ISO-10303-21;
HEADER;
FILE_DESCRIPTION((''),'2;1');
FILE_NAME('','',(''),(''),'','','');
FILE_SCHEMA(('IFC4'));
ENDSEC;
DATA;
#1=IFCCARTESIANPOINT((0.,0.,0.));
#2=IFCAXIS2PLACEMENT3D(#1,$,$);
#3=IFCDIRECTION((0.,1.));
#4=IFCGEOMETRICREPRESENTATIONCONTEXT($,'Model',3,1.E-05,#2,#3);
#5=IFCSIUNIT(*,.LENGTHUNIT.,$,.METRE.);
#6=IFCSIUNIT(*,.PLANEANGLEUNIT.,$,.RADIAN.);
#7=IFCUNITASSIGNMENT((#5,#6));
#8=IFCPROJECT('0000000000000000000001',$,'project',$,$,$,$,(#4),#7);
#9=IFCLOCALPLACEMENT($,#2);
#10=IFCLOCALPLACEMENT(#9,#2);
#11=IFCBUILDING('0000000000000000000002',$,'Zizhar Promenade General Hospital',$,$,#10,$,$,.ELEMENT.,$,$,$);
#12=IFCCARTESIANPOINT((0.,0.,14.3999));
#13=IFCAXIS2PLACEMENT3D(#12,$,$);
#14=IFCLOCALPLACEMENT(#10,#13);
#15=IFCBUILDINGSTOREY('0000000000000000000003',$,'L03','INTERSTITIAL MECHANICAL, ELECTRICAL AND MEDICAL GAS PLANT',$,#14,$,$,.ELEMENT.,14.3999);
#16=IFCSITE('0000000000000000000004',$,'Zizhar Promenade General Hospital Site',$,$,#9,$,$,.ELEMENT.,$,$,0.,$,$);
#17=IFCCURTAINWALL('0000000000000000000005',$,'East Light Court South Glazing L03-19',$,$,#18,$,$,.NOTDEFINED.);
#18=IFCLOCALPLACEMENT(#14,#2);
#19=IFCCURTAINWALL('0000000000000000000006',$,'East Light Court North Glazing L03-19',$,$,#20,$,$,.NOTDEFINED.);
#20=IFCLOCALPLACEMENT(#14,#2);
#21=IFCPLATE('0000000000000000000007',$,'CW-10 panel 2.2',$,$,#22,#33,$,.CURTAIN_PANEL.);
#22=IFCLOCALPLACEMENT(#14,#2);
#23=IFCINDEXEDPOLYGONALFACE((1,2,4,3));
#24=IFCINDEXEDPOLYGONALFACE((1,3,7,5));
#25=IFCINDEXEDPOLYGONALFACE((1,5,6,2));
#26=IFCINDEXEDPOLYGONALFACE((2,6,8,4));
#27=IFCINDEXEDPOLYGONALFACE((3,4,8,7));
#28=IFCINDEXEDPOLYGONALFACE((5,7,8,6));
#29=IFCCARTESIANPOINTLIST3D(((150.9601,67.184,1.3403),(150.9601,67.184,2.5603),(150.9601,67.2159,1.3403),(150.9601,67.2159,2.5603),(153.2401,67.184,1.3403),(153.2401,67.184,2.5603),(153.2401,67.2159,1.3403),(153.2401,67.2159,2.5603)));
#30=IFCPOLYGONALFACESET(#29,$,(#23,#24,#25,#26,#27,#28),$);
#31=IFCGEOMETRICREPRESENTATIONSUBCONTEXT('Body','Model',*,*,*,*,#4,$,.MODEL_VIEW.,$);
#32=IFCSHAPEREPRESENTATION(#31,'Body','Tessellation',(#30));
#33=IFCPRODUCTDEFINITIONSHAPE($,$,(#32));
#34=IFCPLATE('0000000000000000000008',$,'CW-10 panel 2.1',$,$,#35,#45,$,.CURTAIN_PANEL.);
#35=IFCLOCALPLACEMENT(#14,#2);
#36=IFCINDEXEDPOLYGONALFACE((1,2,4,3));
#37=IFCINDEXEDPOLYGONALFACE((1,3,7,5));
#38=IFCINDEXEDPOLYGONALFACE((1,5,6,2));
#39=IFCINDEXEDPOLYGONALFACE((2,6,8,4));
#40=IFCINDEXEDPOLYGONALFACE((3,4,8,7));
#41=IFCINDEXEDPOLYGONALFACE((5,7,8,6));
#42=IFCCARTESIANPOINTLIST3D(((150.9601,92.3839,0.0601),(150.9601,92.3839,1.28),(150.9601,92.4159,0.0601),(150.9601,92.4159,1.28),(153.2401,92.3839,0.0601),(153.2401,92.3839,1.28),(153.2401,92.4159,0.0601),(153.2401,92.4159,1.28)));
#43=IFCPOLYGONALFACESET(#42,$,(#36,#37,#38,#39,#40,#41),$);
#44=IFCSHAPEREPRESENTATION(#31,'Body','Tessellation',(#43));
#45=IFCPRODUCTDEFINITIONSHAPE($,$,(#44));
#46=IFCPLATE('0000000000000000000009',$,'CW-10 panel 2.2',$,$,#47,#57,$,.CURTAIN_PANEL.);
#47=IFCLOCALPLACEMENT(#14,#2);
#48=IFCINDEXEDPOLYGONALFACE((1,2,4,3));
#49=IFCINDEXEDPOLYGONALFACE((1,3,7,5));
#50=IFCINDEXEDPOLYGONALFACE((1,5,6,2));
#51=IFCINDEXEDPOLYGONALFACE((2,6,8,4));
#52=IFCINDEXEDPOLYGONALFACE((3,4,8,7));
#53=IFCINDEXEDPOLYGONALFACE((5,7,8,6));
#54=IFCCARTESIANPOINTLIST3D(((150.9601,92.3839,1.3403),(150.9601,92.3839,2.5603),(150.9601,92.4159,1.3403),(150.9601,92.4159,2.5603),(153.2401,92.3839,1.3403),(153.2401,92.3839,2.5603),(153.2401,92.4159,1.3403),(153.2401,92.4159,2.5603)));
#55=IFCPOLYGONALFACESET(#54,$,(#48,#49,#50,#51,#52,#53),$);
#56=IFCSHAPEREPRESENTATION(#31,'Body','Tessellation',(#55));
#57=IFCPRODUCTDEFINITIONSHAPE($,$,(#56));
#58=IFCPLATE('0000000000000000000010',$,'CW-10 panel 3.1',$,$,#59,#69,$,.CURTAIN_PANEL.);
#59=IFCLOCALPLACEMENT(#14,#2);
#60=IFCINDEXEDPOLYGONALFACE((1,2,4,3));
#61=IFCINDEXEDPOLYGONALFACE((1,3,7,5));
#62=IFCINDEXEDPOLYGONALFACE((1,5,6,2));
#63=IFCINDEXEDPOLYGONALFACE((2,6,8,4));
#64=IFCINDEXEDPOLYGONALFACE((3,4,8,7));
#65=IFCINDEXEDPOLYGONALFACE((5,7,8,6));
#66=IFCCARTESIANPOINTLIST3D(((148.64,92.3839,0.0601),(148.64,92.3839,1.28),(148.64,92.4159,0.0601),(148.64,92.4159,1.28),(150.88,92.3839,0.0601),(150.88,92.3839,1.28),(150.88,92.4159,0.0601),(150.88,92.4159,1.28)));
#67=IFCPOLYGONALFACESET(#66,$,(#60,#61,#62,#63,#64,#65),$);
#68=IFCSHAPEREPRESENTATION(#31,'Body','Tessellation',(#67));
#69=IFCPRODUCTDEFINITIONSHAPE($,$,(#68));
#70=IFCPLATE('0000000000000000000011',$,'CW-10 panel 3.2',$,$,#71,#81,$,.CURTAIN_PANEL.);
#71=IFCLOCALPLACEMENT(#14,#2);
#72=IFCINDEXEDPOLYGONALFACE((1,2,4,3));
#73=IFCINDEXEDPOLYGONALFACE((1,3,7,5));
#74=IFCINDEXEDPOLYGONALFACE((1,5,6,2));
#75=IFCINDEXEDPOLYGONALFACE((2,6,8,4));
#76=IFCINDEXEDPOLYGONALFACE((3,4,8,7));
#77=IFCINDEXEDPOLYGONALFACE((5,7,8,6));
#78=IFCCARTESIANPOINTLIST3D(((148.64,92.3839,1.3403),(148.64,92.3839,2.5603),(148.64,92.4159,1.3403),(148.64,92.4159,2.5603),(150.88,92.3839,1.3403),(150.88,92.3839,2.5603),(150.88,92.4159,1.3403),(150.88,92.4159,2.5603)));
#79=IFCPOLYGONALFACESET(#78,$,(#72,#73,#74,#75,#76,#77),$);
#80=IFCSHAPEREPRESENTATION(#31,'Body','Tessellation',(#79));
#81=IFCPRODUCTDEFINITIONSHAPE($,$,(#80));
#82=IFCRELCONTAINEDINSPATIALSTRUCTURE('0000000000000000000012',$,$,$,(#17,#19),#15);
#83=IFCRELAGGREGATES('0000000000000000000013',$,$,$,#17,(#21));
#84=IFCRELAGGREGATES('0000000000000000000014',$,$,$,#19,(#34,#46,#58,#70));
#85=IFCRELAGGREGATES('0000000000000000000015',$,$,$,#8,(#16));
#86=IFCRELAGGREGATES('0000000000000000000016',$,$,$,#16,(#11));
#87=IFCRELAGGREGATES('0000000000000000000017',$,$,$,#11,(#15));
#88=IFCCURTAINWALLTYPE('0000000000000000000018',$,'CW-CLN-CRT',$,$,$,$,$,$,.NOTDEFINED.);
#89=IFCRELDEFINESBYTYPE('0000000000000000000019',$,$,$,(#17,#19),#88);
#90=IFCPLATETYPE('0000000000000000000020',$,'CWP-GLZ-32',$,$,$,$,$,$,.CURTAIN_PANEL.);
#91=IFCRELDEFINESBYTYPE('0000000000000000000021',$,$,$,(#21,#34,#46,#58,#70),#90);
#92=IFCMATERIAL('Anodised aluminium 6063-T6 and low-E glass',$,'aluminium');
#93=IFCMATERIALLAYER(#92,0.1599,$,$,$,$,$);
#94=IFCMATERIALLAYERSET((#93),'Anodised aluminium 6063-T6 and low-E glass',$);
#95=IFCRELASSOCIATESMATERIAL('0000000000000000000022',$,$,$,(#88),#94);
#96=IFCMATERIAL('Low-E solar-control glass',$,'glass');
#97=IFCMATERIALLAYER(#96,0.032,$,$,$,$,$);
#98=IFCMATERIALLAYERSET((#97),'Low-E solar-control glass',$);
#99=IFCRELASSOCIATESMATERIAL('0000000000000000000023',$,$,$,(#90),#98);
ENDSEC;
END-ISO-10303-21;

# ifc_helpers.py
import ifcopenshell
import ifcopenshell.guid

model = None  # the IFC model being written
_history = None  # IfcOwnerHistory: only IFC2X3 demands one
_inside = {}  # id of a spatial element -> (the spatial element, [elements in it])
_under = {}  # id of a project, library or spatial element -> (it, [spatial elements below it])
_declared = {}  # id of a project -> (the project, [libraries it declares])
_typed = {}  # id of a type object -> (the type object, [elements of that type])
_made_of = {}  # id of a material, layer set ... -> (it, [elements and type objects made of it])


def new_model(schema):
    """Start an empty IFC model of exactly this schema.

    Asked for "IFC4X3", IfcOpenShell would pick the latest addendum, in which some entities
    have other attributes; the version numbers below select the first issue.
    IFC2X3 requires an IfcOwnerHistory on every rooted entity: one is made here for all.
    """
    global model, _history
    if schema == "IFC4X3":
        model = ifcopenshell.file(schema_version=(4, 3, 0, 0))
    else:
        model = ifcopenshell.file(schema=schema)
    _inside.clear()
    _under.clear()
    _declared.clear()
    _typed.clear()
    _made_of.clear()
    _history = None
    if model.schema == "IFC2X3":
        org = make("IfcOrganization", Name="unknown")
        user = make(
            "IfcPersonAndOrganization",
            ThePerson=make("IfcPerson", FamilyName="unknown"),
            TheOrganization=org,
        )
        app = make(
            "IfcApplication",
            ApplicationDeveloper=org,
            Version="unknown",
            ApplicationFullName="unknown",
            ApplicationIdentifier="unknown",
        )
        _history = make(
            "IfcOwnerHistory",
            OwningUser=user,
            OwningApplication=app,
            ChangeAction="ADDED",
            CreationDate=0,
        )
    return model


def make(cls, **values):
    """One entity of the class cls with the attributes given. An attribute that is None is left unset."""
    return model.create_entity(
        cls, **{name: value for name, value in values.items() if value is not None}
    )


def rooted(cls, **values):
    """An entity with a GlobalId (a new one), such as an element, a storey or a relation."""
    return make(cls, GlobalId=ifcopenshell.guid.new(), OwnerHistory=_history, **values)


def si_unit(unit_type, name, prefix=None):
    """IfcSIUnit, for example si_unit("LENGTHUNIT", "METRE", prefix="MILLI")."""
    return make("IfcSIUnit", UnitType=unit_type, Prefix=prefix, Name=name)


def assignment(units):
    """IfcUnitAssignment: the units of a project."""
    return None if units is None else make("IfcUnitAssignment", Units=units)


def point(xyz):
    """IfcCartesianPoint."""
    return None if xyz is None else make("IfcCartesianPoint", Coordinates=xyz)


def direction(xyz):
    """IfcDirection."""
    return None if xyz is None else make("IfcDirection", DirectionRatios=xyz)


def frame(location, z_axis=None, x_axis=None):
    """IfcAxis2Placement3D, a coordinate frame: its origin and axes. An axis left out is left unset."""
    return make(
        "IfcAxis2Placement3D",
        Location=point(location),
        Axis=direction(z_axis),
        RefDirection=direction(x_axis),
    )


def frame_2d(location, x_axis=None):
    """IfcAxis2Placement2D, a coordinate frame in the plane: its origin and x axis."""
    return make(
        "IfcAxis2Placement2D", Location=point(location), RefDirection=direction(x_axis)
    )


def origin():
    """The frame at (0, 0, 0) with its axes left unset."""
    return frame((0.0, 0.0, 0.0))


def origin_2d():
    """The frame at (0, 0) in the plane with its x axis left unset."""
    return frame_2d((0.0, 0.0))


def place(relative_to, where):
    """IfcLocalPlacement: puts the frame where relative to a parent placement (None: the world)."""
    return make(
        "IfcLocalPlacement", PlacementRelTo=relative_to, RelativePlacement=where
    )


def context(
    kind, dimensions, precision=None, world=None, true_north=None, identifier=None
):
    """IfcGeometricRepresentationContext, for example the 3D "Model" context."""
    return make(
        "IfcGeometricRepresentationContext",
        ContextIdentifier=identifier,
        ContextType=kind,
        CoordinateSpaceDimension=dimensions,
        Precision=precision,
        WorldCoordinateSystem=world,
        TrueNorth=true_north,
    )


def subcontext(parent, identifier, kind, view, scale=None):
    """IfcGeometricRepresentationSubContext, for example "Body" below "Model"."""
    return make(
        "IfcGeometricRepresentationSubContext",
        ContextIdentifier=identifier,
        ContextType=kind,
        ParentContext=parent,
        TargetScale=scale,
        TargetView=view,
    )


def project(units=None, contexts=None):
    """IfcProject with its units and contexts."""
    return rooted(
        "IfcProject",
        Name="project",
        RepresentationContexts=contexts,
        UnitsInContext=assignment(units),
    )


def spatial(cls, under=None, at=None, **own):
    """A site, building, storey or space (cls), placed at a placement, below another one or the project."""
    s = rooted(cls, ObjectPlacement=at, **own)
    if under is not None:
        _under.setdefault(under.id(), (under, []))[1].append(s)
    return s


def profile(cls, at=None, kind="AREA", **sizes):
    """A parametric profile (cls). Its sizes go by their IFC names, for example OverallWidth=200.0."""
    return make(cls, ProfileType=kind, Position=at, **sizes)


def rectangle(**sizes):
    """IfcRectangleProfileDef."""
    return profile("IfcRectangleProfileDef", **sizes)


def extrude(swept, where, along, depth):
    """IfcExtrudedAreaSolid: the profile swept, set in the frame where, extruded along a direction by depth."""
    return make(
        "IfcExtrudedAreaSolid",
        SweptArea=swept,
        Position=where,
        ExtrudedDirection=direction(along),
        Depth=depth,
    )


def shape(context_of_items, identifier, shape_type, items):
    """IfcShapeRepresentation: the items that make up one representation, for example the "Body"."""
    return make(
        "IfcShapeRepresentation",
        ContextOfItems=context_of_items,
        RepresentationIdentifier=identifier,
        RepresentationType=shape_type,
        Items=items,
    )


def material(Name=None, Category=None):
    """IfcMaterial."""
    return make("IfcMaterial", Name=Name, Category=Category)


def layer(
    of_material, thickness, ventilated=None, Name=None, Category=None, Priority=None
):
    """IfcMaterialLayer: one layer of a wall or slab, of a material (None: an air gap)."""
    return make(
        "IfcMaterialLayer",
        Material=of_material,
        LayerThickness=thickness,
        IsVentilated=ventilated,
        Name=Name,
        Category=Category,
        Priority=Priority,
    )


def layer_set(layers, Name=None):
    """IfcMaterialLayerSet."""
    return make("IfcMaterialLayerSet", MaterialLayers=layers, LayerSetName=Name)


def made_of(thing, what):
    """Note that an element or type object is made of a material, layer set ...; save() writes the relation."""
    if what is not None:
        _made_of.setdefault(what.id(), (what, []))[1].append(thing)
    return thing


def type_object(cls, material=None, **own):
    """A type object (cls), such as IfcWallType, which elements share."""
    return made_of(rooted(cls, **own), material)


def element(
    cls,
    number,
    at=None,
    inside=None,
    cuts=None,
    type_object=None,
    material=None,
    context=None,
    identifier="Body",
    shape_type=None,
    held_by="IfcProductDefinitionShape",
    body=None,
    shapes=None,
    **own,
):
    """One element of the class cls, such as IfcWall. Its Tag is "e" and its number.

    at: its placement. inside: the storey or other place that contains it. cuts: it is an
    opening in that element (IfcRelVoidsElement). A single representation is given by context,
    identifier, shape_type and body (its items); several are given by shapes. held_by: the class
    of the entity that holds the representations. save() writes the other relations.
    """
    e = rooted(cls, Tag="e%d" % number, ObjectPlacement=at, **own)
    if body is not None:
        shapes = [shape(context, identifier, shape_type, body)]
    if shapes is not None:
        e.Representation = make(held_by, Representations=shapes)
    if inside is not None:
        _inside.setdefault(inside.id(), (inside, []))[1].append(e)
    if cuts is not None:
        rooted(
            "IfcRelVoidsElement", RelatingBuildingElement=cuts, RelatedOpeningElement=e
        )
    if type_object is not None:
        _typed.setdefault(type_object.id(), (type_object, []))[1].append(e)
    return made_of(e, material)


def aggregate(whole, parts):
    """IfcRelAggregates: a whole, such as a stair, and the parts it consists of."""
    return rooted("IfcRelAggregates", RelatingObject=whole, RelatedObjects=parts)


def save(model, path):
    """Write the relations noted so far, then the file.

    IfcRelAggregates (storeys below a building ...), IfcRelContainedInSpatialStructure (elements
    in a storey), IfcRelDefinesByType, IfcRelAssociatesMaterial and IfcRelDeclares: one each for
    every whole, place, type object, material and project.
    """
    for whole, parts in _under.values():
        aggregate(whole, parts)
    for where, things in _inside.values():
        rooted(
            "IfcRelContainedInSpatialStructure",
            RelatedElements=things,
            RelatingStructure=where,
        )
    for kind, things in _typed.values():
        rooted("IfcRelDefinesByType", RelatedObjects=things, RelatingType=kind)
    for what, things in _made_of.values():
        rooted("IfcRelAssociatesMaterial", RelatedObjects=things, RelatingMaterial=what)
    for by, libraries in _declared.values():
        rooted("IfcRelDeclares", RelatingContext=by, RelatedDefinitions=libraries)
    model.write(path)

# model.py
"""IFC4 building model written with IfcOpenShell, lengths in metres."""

from ifc_helpers import new_model, si_unit, direction, frame, origin, origin_2d, place, context, subcontext, project, spatial, rectangle, extrude, material, layer, layer_set, type_object, element, aggregate, save


model = new_model("IFC4")

# Units and contexts
model_context = context("Model", 3, precision=1e-05, world=origin(), true_north=direction((0.0, 1.0)))
body_context = subcontext(model_context, "Body", "Model", "MODEL_VIEW")
ifc_project = project(units=[si_unit("LENGTHUNIT", "METRE"), si_unit("PLANEANGLEUNIT", "RADIAN")], contexts=[model_context])

# Site, building, storey
site_placement = place(None, origin())
site = spatial("IfcSite", under=ifc_project, at=site_placement, Name="Zizhar Promenade General Hospital Site", CompositionType="ELEMENT", RefElevation=0.0)
building_placement = place(site_placement, origin())
building = spatial("IfcBuilding", under=site, at=building_placement, Name="Zizhar Promenade General Hospital", CompositionType="ELEMENT")
storey_placement = place(building_placement, frame((0.0, 0.0, 14.3999)))
storey = spatial("IfcBuildingStorey", under=building, at=storey_placement, Name="L03", Description="INTERSTITIAL MECHANICAL, ELECTRICAL AND MEDICAL GAS PLANT", CompositionType="ELEMENT", Elevation=14.3999)

# Curtain walls
ifc_material_1 = material(Name="Anodised aluminium 6063-T6 and low-E glass", Category="aluminium")
ifc_layer_1 = layer(ifc_material_1, 0.1599)
ifc_layer_set_1 = layer_set([ifc_layer_1], Name="Anodised aluminium 6063-T6 and low-E glass")
curtain_wall_type = type_object("IfcCurtainWallType", Name="CW-CLN-CRT", PredefinedType="NOTDEFINED", material=ifc_layer_set_1)
curtain_wall_1_placement = place(storey_placement, origin())
curtain_wall_1 = element("IfcCurtainWall", 1, at=curtain_wall_1_placement, inside=storey, type_object=curtain_wall_type, Name="East Light Court South Glazing L03-19", PredefinedType="NOTDEFINED")
curtain_wall_2_placement = place(storey_placement, origin())
curtain_wall_2 = element("IfcCurtainWall", 2, at=curtain_wall_2_placement, inside=storey, type_object=curtain_wall_type, Name="East Light Court North Glazing L03-19", PredefinedType="NOTDEFINED")

# Plates
ifc_material_2 = material(Name="Low-E solar-control glass", Category="glass")
ifc_layer_2 = layer(ifc_material_2, 0.032)
ifc_layer_set_2 = layer_set([ifc_layer_2], Name="Low-E solar-control glass")
plate_type = type_object("IfcPlateType", Name="CWP-GLZ-32", PredefinedType="CURTAIN_PANEL", material=ifc_layer_set_2)
plate_1_placement = place(storey_placement, frame((152.1001, 67.2, 1.3403), z_axis=(0.0, 0.0, 1.0), x_axis=(1.0, 0.0, 0.0)))
plate_1 = element("IfcPlate", 3, at=plate_1_placement, type_object=plate_type, Name="CW-10 panel 2.2", PredefinedType="CURTAIN_PANEL", context=body_context, shape_type="SweptSolid", body=[
    extrude(rectangle(XDim=2.28, YDim=0.032, at=origin_2d()), origin(), (0.0, 0.0, 1.0), 1.22),
])
aggregate(curtain_wall_1, [plate_1])
plate_2_placement = place(storey_placement, frame((152.1001, 92.3999, 0.0601), z_axis=(0.0, 0.0, 1.0), x_axis=(-1.0, 0.0, 0.0)))
plate_2 = element("IfcPlate", 4, at=plate_2_placement, type_object=plate_type, Name="CW-10 panel 2.1", PredefinedType="CURTAIN_PANEL", context=body_context, shape_type="SweptSolid", body=[
    extrude(rectangle(XDim=2.28, YDim=0.032, at=origin_2d()), origin(), (0.0, 0.0, 1.0), 1.22),
])
plate_3_placement = place(storey_placement, frame((152.1001, 92.3999, 1.3403), z_axis=(0.0, 0.0, 1.0), x_axis=(-1.0, 0.0, 0.0)))
plate_3 = element("IfcPlate", 5, at=plate_3_placement, type_object=plate_type, Name="CW-10 panel 2.2", PredefinedType="CURTAIN_PANEL", context=body_context, shape_type="SweptSolid", body=[
    extrude(rectangle(XDim=2.28, YDim=0.032, at=origin_2d()), origin(), (0.0, 0.0, 1.0), 1.22),
])
plate_4_placement = place(storey_placement, frame((149.76, 92.3999, 0.0601), z_axis=(0.0, 0.0, 1.0), x_axis=(-1.0, 0.0, 0.0)))
plate_4 = element("IfcPlate", 6, at=plate_4_placement, type_object=plate_type, Name="CW-10 panel 3.1", PredefinedType="CURTAIN_PANEL", context=body_context, shape_type="SweptSolid", body=[
    extrude(rectangle(XDim=2.24, YDim=0.032, at=origin_2d()), origin(), (0.0, 0.0, 1.0), 1.22),
])
plate_5_placement = place(storey_placement, frame((149.76, 92.3999, 1.3403), z_axis=(0.0, 0.0, 1.0), x_axis=(-1.0, 0.0, 0.0)))
plate_5 = element("IfcPlate", 7, at=plate_5_placement, type_object=plate_type, Name="CW-10 panel 3.2", PredefinedType="CURTAIN_PANEL", context=body_context, shape_type="SweptSolid", body=[
    extrude(rectangle(XDim=2.24, YDim=0.032, at=origin_2d()), origin(), (0.0, 0.0, 1.0), 1.22),
])
aggregate(curtain_wall_2, [plate_2, plate_3, plate_4, plate_5])

save(model, "model.ifc")
